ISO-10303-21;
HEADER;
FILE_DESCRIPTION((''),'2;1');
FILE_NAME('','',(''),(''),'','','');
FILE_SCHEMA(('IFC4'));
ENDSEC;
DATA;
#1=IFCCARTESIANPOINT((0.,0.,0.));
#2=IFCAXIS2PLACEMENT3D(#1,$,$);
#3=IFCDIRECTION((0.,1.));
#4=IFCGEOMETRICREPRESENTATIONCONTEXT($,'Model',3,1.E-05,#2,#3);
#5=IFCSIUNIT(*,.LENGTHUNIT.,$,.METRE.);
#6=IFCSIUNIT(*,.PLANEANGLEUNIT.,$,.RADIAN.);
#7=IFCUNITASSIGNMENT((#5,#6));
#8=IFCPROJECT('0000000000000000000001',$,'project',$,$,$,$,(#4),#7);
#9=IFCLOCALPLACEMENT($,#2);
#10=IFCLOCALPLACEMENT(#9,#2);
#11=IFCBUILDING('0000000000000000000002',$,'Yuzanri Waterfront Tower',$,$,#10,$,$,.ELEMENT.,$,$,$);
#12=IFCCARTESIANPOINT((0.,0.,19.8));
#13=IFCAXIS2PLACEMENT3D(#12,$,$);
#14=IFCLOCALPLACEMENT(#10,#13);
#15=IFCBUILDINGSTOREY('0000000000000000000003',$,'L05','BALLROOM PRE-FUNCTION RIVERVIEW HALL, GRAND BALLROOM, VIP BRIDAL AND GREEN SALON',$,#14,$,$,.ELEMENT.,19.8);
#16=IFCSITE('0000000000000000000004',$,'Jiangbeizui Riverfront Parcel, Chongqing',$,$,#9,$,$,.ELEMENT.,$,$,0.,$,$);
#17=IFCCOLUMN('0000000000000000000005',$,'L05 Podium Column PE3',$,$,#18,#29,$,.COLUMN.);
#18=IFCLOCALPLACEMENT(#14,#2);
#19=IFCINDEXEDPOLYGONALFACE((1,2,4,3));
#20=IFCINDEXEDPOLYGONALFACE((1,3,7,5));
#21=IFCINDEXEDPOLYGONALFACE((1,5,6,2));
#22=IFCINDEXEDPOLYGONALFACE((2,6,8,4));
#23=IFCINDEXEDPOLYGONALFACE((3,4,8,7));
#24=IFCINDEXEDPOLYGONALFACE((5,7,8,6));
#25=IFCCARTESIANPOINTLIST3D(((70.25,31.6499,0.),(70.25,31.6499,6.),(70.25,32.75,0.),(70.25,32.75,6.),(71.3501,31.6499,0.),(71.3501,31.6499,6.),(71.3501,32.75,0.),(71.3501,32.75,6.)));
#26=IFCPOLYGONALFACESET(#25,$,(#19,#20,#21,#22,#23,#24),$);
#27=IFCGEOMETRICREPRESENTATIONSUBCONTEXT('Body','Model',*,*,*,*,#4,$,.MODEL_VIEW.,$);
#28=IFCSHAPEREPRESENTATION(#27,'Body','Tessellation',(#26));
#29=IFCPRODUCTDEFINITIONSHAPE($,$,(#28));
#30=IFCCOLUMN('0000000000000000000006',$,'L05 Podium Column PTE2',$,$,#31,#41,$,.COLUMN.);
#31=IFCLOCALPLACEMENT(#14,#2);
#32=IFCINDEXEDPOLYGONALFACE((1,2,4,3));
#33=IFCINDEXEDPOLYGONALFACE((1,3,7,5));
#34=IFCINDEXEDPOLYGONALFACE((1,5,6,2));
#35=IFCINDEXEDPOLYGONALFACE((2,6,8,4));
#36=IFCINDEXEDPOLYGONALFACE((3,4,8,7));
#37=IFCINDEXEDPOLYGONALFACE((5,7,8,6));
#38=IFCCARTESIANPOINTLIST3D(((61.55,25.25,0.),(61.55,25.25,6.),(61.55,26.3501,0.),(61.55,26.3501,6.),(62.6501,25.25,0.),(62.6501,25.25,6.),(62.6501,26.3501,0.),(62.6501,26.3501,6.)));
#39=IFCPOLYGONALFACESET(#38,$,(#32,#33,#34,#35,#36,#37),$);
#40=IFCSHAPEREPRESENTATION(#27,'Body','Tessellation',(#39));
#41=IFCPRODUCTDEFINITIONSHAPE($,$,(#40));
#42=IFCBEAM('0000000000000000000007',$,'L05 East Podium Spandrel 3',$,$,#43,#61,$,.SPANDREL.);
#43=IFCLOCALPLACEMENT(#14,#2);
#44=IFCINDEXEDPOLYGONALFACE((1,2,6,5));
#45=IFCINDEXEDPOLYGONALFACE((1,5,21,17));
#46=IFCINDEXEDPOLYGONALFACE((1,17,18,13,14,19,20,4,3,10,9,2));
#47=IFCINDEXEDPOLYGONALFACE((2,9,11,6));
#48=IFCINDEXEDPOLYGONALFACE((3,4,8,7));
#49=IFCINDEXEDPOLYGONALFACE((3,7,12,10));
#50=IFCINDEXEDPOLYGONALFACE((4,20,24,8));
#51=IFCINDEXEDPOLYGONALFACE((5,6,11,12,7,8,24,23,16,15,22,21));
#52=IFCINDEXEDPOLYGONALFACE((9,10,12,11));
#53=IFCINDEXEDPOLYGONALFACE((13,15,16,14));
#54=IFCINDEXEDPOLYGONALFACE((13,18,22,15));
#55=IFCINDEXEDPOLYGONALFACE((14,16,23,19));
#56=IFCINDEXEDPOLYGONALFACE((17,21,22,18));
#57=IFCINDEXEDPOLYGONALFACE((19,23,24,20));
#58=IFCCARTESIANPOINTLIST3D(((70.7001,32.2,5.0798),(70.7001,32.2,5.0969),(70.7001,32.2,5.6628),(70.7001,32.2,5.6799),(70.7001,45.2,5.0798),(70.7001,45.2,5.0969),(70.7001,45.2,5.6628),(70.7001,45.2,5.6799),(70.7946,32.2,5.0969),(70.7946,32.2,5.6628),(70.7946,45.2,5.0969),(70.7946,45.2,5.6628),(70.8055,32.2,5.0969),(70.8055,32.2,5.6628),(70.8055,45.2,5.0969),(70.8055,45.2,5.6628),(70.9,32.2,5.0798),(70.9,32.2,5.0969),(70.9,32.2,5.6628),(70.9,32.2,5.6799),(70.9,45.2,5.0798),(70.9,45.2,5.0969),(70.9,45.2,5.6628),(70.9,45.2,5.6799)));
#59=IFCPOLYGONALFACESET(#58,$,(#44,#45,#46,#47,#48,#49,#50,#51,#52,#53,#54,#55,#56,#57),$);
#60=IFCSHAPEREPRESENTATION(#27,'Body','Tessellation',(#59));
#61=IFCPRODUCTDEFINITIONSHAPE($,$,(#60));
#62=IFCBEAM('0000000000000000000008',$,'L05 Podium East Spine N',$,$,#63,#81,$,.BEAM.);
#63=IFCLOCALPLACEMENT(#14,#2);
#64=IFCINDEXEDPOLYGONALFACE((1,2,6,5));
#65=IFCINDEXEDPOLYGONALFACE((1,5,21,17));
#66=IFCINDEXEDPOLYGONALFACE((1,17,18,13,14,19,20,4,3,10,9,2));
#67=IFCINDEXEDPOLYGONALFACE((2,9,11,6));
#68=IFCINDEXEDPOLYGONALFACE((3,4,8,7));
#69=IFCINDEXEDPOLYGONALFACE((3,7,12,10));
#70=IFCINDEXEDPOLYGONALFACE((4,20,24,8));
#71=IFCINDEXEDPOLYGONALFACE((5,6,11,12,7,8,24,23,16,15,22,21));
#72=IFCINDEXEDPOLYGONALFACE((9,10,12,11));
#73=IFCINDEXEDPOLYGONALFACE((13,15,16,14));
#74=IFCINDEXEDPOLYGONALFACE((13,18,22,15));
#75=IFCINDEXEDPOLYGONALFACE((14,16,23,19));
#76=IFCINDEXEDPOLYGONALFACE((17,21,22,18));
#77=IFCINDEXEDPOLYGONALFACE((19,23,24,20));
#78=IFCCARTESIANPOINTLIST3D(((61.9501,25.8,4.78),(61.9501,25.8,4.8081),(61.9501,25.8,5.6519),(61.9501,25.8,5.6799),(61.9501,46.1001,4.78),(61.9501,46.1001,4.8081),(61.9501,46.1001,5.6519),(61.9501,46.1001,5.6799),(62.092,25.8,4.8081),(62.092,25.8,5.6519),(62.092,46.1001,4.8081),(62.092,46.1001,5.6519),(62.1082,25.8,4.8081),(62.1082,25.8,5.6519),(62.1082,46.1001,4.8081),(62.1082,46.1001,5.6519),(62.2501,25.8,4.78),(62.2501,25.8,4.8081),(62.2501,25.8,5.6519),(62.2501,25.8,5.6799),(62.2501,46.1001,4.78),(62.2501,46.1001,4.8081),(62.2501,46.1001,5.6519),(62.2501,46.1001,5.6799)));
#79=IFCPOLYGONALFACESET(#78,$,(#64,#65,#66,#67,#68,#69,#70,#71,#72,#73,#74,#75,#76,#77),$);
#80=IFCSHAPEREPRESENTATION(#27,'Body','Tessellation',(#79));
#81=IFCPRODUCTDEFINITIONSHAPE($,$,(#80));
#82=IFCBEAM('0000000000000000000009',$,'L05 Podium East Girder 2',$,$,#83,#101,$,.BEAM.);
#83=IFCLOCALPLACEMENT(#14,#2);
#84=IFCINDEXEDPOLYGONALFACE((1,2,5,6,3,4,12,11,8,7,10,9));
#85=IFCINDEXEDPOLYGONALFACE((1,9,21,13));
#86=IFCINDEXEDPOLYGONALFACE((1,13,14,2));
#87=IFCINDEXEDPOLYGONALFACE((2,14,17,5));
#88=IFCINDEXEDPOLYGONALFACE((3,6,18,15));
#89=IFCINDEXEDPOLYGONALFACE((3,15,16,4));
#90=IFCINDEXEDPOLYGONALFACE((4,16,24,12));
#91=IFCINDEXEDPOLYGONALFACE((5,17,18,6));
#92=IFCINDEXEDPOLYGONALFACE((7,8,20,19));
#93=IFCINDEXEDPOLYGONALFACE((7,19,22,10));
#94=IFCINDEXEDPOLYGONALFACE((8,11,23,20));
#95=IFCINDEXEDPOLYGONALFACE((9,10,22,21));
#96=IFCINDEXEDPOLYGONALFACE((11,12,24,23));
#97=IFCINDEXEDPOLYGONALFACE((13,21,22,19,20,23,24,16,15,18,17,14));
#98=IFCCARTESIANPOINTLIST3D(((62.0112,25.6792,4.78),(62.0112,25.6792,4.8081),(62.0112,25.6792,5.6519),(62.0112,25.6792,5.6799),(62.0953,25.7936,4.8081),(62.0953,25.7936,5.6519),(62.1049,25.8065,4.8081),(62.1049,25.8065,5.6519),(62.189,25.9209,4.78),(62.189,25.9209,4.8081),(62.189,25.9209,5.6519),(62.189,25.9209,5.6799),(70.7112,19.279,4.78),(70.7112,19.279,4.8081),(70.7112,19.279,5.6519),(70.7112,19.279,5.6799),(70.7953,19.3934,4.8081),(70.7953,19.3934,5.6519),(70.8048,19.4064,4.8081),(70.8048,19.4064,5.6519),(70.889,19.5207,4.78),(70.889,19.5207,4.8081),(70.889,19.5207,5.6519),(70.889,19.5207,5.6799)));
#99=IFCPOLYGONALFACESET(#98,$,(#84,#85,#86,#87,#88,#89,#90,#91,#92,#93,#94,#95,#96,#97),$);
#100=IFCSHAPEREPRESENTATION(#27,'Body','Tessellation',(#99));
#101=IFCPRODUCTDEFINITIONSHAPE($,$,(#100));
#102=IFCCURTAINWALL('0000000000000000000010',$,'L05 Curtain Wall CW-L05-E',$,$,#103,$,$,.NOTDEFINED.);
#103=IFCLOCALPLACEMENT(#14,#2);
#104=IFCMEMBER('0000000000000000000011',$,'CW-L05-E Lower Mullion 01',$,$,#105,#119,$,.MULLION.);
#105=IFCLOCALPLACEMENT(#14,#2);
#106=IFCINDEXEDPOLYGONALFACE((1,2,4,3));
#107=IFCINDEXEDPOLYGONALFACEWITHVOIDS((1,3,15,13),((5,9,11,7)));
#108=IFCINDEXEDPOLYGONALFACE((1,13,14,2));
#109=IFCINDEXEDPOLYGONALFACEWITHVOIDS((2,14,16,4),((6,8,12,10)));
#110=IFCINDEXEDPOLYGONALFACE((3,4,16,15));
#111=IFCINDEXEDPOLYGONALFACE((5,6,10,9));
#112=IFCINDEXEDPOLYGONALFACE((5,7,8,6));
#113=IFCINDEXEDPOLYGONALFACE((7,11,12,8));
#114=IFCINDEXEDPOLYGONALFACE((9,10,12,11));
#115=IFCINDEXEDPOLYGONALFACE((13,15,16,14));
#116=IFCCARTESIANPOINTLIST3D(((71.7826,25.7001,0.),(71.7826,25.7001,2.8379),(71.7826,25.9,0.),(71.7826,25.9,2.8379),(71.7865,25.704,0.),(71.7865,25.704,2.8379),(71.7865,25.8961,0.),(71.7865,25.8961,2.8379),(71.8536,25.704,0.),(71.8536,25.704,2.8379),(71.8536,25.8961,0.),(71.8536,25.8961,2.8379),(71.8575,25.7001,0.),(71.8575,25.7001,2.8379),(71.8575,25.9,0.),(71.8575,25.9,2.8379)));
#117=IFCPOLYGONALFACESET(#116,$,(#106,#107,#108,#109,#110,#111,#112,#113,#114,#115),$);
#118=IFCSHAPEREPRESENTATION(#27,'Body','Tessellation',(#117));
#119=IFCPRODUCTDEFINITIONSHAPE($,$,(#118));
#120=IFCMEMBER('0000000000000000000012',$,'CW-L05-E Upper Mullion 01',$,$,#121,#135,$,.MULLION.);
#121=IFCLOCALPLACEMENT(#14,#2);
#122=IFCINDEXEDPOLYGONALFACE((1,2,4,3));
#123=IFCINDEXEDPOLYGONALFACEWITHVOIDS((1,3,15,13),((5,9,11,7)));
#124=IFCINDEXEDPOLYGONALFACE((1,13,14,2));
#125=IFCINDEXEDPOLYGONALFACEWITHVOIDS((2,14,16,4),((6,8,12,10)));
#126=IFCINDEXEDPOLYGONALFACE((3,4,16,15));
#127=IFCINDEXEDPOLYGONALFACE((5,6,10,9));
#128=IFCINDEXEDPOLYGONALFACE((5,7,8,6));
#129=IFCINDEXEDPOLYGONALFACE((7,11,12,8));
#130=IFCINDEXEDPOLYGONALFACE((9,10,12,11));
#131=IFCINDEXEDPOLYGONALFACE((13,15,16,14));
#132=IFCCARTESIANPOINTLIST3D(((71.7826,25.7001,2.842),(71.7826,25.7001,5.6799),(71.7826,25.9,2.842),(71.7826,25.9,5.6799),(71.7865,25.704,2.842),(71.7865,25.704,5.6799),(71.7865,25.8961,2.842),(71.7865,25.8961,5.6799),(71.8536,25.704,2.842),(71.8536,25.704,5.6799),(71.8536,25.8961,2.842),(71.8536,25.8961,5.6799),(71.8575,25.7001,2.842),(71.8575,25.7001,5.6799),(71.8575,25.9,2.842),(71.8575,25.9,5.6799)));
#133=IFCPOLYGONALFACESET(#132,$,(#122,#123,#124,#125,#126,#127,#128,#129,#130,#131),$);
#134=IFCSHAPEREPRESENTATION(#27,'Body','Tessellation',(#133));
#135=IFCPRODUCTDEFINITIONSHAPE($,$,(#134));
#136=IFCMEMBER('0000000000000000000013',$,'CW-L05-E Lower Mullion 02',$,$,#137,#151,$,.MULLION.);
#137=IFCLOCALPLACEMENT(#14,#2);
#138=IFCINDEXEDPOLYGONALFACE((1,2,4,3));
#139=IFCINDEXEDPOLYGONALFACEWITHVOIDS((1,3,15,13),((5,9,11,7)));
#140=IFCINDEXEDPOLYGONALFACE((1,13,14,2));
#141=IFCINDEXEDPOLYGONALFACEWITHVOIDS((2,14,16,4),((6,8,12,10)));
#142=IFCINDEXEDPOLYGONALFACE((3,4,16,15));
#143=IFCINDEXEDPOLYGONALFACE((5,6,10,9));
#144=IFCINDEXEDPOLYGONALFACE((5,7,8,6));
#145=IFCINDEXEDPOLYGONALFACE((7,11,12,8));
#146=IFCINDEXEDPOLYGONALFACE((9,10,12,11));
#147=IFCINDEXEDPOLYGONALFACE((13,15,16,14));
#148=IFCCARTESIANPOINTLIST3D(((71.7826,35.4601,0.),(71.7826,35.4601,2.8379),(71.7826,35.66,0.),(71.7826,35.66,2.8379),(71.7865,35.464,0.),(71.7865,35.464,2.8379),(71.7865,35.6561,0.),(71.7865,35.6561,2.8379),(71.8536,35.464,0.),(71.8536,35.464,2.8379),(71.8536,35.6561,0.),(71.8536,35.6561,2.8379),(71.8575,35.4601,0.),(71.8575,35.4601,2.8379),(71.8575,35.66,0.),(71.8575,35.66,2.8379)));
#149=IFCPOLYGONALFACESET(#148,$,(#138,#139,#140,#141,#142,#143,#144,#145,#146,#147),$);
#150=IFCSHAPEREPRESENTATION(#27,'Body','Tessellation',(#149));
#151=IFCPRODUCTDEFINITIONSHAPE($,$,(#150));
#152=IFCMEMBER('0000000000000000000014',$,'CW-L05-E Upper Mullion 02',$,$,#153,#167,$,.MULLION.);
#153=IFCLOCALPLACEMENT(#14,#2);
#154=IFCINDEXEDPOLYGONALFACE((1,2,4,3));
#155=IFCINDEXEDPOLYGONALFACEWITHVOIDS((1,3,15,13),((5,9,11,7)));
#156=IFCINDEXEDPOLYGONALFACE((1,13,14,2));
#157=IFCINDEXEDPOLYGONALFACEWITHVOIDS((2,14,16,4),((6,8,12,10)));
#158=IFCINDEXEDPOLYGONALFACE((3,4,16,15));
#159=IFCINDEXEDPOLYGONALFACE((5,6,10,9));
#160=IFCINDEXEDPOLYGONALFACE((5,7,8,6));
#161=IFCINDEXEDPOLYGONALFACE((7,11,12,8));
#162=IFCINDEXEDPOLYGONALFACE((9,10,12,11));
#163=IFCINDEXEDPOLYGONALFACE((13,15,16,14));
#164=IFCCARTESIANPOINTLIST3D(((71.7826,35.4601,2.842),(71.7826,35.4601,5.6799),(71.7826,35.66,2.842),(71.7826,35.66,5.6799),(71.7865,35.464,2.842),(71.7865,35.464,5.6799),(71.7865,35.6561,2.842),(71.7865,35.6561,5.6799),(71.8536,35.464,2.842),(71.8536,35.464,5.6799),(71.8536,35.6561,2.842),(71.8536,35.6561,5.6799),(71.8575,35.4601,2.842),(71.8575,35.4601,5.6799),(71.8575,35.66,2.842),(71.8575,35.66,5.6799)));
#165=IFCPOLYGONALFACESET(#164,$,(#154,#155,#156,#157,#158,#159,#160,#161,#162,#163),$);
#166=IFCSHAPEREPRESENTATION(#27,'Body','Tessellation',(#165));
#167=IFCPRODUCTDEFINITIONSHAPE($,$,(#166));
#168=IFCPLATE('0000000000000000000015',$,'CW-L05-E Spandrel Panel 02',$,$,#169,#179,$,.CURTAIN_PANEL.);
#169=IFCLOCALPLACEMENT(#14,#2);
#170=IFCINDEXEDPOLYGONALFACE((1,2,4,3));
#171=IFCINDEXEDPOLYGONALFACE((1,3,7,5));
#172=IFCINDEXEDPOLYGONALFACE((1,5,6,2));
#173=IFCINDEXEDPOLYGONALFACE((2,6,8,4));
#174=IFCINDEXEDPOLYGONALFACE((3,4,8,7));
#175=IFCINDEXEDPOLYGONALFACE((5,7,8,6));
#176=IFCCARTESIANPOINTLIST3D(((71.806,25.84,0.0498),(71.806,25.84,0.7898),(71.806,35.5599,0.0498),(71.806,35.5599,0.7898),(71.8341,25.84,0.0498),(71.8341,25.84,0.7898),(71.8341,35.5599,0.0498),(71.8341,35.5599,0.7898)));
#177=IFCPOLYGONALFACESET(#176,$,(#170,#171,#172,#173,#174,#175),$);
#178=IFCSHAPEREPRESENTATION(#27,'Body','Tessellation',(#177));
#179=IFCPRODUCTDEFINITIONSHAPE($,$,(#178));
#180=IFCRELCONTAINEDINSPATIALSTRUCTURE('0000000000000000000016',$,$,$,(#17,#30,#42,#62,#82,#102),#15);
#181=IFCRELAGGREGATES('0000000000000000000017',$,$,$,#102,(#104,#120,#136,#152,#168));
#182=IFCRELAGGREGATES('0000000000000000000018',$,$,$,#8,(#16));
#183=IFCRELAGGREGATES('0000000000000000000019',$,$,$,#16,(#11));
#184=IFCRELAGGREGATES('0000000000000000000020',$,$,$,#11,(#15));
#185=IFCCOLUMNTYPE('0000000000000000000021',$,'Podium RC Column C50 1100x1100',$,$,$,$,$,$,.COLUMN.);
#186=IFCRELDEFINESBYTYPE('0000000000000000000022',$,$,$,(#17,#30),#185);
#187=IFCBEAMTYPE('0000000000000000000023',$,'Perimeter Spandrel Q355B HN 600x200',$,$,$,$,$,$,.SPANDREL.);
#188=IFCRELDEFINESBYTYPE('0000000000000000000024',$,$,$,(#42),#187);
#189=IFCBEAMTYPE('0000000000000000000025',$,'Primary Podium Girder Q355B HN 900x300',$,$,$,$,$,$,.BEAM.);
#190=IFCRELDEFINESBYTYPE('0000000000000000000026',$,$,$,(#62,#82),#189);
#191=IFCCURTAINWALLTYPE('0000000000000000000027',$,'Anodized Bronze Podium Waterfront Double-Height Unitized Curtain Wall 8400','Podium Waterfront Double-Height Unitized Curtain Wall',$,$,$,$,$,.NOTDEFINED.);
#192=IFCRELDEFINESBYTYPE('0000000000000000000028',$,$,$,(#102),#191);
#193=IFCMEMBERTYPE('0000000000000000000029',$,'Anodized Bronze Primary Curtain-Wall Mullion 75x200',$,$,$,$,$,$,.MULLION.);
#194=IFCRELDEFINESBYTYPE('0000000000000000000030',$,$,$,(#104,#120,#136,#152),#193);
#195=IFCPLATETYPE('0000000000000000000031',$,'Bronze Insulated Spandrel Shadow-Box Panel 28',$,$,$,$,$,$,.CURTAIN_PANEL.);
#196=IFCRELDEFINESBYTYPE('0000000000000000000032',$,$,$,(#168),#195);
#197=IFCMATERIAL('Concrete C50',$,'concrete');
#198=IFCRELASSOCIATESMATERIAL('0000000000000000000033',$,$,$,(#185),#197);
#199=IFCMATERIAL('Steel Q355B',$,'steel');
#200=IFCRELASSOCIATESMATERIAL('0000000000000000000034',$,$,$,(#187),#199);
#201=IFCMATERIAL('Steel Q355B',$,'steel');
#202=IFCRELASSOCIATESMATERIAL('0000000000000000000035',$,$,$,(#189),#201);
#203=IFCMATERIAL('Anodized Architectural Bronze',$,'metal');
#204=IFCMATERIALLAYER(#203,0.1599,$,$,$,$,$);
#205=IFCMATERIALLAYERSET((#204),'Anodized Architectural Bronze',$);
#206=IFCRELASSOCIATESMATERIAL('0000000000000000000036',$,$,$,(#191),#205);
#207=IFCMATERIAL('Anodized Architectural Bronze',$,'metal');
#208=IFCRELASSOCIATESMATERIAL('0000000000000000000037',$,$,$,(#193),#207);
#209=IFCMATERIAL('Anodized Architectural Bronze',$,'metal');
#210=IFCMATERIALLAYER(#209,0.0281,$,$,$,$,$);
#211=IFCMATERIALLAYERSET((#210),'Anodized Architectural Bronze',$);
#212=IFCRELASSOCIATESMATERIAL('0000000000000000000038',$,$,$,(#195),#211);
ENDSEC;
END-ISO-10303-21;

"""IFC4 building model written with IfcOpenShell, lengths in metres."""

from ifc_helpers import new_model, si_unit, direction, frame, origin, origin_2d, place, context, subcontext, project, spatial, rectangle, hollow_rectangle, i_section, extrude, source, transform, mapped, material, layer, layer_set, material_profile, profile_set, type_object, element, aggregate, save


model = new_model("IFC4")

# Units and contexts
model_context = context("Model", 3, precision=1e-05, world=origin(), true_north=direction((0.0, 1.0)))
body_context = subcontext(model_context, "Body", "Model", "MODEL_VIEW")
ifc_project = project(units=[si_unit("LENGTHUNIT", "METRE"), si_unit("PLANEANGLEUNIT", "RADIAN")], contexts=[model_context])

# Site, building, storey
site_placement = place(None, origin())
site = spatial("IfcSite", under=ifc_project, at=site_placement, Name="Jiangbeizui Riverfront Parcel, Chongqing", CompositionType="ELEMENT", RefElevation=0.0)
building_placement = place(site_placement, origin())
building = spatial("IfcBuilding", under=site, at=building_placement, Name="Yuzanri Waterfront Tower", CompositionType="ELEMENT")
storey_placement = place(building_placement, frame((0.0, 0.0, 19.8)))
storey = spatial("IfcBuildingStorey", under=building, at=storey_placement, Name="L05", Description="BALLROOM PRE-FUNCTION RIVERVIEW HALL, GRAND BALLROOM, VIP BRIDAL AND GREEN SALON", CompositionType="ELEMENT", Elevation=19.8)

# Columns
ifc_material_1 = material(Name="Concrete C50", Category="concrete")
ifc_material_profile_1 = material_profile(ifc_material_1, rectangle(XDim=1.1001, YDim=1.1001, at=origin_2d()), Name="RC 1100x1100")
ifc_profile_set_1 = profile_set([ifc_material_profile_1], Name="Concrete C50")
column_type = type_object("IfcColumnType", Name="Podium RC Column C50 1100x1100", PredefinedType="COLUMN", material=ifc_profile_set_1)
shared_shape_1 = source(origin(), body_context, "Body", "SweptSolid", [
    extrude(rectangle(XDim=1.1001, YDim=1.1001, at=origin_2d()), origin(), (0.0, 0.0, 1.0), 6.0),
])
for number, where, z_axis, x_axis, name in (
    (1, (70.8, 32.2, 0.0), (0.0, 0.0, 1.0), (1.0, 0.0, 0.0), "L05 Podium Column PE3"),
    (2, (62.1001, 25.8, 0.0), (0.0, 0.0, 1.0), (1.0, 0.0, 0.0), "L05 Podium Column PTE2"),
):
    element("IfcColumn", number, at=place(storey_placement, frame(where, z_axis=z_axis, x_axis=x_axis)), inside=storey, type_object=column_type, Name=name, PredefinedType="COLUMN", context=body_context, shape_type="MappedRepresentation", body=[
        mapped(shared_shape_1, transform((0.0, 0.0, 0.0), scale=1.0)),
    ])

# Beams
ifc_material_2 = material(Name="Steel Q355B", Category="steel")
ifc_material_profile_2 = material_profile(ifc_material_2, i_section(OverallWidth=0.2, OverallDepth=0.6001, WebThickness=0.011, FlangeThickness=0.0171, at=origin_2d()), Name="HN 600x200x11x17")
ifc_profile_set_2 = profile_set([ifc_material_profile_2], Name="Steel Q355B")
beam_type_1 = type_object("IfcBeamType", Name="Perimeter Spandrel Q355B HN 600x200", PredefinedType="SPANDREL", material=ifc_profile_set_2)
shared_shape_2 = source(origin(), body_context, "Body", "SweptSolid", [
    extrude(i_section(OverallWidth=0.2, OverallDepth=0.6001, WebThickness=0.011, FlangeThickness=0.0171, at=origin_2d()), origin(), (0.0, 0.0, 1.0), 13.0),
])
beam_1_placement = place(storey_placement, frame((70.8, 32.2, 5.3799), z_axis=(0.0, 1.0, 0.0), x_axis=(-1.0, 0.0, 0.0)))
element("IfcBeam", 3, at=beam_1_placement, inside=storey, type_object=beam_type_1, Name="L05 East Podium Spandrel 3", PredefinedType="SPANDREL", context=body_context, shape_type="MappedRepresentation", body=[
    mapped(shared_shape_2, transform((0.0, 0.0, 0.0), scale=1.0)),
])
ifc_material_3 = material(Name="Steel Q355B", Category="steel")
ifc_material_profile_3 = material_profile(ifc_material_3, i_section(OverallWidth=0.3, OverallDepth=0.8999, WebThickness=0.0161, FlangeThickness=0.0281, at=origin_2d()), Name="HN 900x300x16x28")
ifc_profile_set_3 = profile_set([ifc_material_profile_3], Name="Steel Q355B")
beam_type_2 = type_object("IfcBeamType", Name="Primary Podium Girder Q355B HN 900x300", PredefinedType="BEAM", material=ifc_profile_set_3)
shared_shape_3 = source(origin(), body_context, "Body", "SweptSolid", [
    extrude(i_section(OverallWidth=0.3, OverallDepth=0.8999, WebThickness=0.0161, FlangeThickness=0.0281, at=origin_2d()), origin(), (0.0, 0.0, 1.0), 20.3),
])
beam_2_placement = place(storey_placement, frame((62.1001, 25.8, 5.23), z_axis=(0.0, 1.0, 0.0), x_axis=(-1.0, 0.0, 0.0)))
element("IfcBeam", 4, at=beam_2_placement, inside=storey, type_object=beam_type_2, Name="L05 Podium East Spine N", PredefinedType="BEAM", context=body_context, shape_type="MappedRepresentation", body=[
    mapped(shared_shape_3, transform((0.0, 0.0, 0.0), scale=1.0)),
])
shared_shape_4 = source(origin(), body_context, "Body", "SweptSolid", [
    extrude(i_section(OverallWidth=0.3, OverallDepth=0.8999, WebThickness=0.0161, FlangeThickness=0.0281, at=origin_2d()), origin(), (0.0, 0.0, 1.0), 10.8005),
])
beam_3_placement = place(storey_placement, frame((62.1001, 25.8, 5.23), z_axis=(0.805513, -0.592578, 0.0), x_axis=(0.592578, 0.805513, 0.0)))
element("IfcBeam", 5, at=beam_3_placement, inside=storey, type_object=beam_type_2, Name="L05 Podium East Girder 2", PredefinedType="BEAM", context=body_context, shape_type="MappedRepresentation", body=[
    mapped(shared_shape_4, transform((0.0, 0.0, 0.0), scale=1.0)),
])

# Curtain wall, members, plate
ifc_material_4 = material(Name="Anodized Architectural Bronze", Category="metal")
ifc_layer_1 = layer(ifc_material_4, 0.1599)
ifc_layer_set_1 = layer_set([ifc_layer_1], Name="Anodized Architectural Bronze")
curtain_wall_type = type_object("IfcCurtainWallType", Name="Anodized Bronze Podium Waterfront Double-Height Unitized Curtain Wall 8400", Description="Podium Waterfront Double-Height Unitized Curtain Wall", PredefinedType="NOTDEFINED", material=ifc_layer_set_1)
curtain_wall_placement = place(storey_placement, origin())
curtain_wall = element("IfcCurtainWall", 6, at=curtain_wall_placement, inside=storey, type_object=curtain_wall_type, Name="L05 Curtain Wall CW-L05-E", PredefinedType="NOTDEFINED")
ifc_material_5 = material(Name="Anodized Architectural Bronze", Category="metal")
ifc_material_profile_4 = material_profile(ifc_material_5, hollow_rectangle(XDim=0.075, YDim=0.2, WallThickness=0.0039, at=origin_2d()), Name="CWM 75x200")
ifc_profile_set_4 = profile_set([ifc_material_profile_4], Name="Anodized Architectural Bronze")
member_type = type_object("IfcMemberType", Name="Anodized Bronze Primary Curtain-Wall Mullion 75x200", PredefinedType="MULLION", material=ifc_profile_set_4)
shared_shape_5 = source(origin(), body_context, "Body", "SweptSolid", [
    extrude(hollow_rectangle(XDim=0.075, YDim=0.2, WallThickness=0.0039, at=origin_2d()), origin(), (0.0, 0.0, 1.0), 2.8379),
])
member_1_placement = place(storey_placement, frame((71.8201, 25.8, 0.0), z_axis=(0.0, 0.0, 1.0), x_axis=(1.0, 0.0, 0.0)))
member_1 = element("IfcMember", 7, at=member_1_placement, type_object=member_type, Name="CW-L05-E Lower Mullion 01", PredefinedType="MULLION", context=body_context, shape_type="MappedRepresentation", body=[
    mapped(shared_shape_5, transform((0.0, 0.0, 0.0), scale=1.0)),
])
member_2_placement = place(storey_placement, frame((71.8201, 25.8, 2.842), z_axis=(0.0, 0.0, 1.0), x_axis=(1.0, 0.0, 0.0)))
member_2 = element("IfcMember", 8, at=member_2_placement, type_object=member_type, Name="CW-L05-E Upper Mullion 01", PredefinedType="MULLION", context=body_context, shape_type="MappedRepresentation", body=[
    mapped(shared_shape_5, transform((0.0, 0.0, 0.0), scale=1.0)),
])
member_3_placement = place(storey_placement, frame((71.8201, 35.5601, 0.0), z_axis=(0.0, 0.0, 1.0), x_axis=(1.0, 0.0, 0.0)))
member_3 = element("IfcMember", 9, at=member_3_placement, type_object=member_type, Name="CW-L05-E Lower Mullion 02", PredefinedType="MULLION", context=body_context, shape_type="MappedRepresentation", body=[
    mapped(shared_shape_5, transform((0.0, 0.0, 0.0), scale=1.0)),
])
member_4_placement = place(storey_placement, frame((71.8201, 35.5601, 2.842), z_axis=(0.0, 0.0, 1.0), x_axis=(1.0, 0.0, 0.0)))
member_4 = element("IfcMember", 10, at=member_4_placement, type_object=member_type, Name="CW-L05-E Upper Mullion 02", PredefinedType="MULLION", context=body_context, shape_type="MappedRepresentation", body=[
    mapped(shared_shape_5, transform((0.0, 0.0, 0.0), scale=1.0)),
])
ifc_material_6 = material(Name="Anodized Architectural Bronze", Category="metal")
ifc_layer_2 = layer(ifc_material_6, 0.0281)
ifc_layer_set_2 = layer_set([ifc_layer_2], Name="Anodized Architectural Bronze")
plate_type_1 = type_object("IfcPlateType", Name="Bronze Insulated Spandrel Shadow-Box Panel 28", PredefinedType="CURTAIN_PANEL", material=ifc_layer_set_2)
shared_shape_6 = source(origin(), body_context, "Body", "SweptSolid", [
    extrude(rectangle(XDim=9.72, YDim=0.0281, at=origin_2d()), origin(), (0.0, 0.0, 1.0), 0.74),
])
plate_1_placement = place(storey_placement, frame((71.8201, 30.7, 0.0498), z_axis=(0.0, 0.0, 1.0), x_axis=(0.0, 1.0, 0.0)))
plate_1 = element("IfcPlate", 11, at=plate_1_placement, type_object=plate_type_1, Name="CW-L05-E Spandrel Panel 02", PredefinedType="CURTAIN_PANEL", context=body_context, shape_type="MappedRepresentation", body=[
    mapped(shared_shape_6, transform((0.0, 0.0, 0.0), scale=1.0)),
])
aggregate(curtain_wall, [member_1, member_2, member_3, member_4, plate_1])

save(model, "model.ifc")
